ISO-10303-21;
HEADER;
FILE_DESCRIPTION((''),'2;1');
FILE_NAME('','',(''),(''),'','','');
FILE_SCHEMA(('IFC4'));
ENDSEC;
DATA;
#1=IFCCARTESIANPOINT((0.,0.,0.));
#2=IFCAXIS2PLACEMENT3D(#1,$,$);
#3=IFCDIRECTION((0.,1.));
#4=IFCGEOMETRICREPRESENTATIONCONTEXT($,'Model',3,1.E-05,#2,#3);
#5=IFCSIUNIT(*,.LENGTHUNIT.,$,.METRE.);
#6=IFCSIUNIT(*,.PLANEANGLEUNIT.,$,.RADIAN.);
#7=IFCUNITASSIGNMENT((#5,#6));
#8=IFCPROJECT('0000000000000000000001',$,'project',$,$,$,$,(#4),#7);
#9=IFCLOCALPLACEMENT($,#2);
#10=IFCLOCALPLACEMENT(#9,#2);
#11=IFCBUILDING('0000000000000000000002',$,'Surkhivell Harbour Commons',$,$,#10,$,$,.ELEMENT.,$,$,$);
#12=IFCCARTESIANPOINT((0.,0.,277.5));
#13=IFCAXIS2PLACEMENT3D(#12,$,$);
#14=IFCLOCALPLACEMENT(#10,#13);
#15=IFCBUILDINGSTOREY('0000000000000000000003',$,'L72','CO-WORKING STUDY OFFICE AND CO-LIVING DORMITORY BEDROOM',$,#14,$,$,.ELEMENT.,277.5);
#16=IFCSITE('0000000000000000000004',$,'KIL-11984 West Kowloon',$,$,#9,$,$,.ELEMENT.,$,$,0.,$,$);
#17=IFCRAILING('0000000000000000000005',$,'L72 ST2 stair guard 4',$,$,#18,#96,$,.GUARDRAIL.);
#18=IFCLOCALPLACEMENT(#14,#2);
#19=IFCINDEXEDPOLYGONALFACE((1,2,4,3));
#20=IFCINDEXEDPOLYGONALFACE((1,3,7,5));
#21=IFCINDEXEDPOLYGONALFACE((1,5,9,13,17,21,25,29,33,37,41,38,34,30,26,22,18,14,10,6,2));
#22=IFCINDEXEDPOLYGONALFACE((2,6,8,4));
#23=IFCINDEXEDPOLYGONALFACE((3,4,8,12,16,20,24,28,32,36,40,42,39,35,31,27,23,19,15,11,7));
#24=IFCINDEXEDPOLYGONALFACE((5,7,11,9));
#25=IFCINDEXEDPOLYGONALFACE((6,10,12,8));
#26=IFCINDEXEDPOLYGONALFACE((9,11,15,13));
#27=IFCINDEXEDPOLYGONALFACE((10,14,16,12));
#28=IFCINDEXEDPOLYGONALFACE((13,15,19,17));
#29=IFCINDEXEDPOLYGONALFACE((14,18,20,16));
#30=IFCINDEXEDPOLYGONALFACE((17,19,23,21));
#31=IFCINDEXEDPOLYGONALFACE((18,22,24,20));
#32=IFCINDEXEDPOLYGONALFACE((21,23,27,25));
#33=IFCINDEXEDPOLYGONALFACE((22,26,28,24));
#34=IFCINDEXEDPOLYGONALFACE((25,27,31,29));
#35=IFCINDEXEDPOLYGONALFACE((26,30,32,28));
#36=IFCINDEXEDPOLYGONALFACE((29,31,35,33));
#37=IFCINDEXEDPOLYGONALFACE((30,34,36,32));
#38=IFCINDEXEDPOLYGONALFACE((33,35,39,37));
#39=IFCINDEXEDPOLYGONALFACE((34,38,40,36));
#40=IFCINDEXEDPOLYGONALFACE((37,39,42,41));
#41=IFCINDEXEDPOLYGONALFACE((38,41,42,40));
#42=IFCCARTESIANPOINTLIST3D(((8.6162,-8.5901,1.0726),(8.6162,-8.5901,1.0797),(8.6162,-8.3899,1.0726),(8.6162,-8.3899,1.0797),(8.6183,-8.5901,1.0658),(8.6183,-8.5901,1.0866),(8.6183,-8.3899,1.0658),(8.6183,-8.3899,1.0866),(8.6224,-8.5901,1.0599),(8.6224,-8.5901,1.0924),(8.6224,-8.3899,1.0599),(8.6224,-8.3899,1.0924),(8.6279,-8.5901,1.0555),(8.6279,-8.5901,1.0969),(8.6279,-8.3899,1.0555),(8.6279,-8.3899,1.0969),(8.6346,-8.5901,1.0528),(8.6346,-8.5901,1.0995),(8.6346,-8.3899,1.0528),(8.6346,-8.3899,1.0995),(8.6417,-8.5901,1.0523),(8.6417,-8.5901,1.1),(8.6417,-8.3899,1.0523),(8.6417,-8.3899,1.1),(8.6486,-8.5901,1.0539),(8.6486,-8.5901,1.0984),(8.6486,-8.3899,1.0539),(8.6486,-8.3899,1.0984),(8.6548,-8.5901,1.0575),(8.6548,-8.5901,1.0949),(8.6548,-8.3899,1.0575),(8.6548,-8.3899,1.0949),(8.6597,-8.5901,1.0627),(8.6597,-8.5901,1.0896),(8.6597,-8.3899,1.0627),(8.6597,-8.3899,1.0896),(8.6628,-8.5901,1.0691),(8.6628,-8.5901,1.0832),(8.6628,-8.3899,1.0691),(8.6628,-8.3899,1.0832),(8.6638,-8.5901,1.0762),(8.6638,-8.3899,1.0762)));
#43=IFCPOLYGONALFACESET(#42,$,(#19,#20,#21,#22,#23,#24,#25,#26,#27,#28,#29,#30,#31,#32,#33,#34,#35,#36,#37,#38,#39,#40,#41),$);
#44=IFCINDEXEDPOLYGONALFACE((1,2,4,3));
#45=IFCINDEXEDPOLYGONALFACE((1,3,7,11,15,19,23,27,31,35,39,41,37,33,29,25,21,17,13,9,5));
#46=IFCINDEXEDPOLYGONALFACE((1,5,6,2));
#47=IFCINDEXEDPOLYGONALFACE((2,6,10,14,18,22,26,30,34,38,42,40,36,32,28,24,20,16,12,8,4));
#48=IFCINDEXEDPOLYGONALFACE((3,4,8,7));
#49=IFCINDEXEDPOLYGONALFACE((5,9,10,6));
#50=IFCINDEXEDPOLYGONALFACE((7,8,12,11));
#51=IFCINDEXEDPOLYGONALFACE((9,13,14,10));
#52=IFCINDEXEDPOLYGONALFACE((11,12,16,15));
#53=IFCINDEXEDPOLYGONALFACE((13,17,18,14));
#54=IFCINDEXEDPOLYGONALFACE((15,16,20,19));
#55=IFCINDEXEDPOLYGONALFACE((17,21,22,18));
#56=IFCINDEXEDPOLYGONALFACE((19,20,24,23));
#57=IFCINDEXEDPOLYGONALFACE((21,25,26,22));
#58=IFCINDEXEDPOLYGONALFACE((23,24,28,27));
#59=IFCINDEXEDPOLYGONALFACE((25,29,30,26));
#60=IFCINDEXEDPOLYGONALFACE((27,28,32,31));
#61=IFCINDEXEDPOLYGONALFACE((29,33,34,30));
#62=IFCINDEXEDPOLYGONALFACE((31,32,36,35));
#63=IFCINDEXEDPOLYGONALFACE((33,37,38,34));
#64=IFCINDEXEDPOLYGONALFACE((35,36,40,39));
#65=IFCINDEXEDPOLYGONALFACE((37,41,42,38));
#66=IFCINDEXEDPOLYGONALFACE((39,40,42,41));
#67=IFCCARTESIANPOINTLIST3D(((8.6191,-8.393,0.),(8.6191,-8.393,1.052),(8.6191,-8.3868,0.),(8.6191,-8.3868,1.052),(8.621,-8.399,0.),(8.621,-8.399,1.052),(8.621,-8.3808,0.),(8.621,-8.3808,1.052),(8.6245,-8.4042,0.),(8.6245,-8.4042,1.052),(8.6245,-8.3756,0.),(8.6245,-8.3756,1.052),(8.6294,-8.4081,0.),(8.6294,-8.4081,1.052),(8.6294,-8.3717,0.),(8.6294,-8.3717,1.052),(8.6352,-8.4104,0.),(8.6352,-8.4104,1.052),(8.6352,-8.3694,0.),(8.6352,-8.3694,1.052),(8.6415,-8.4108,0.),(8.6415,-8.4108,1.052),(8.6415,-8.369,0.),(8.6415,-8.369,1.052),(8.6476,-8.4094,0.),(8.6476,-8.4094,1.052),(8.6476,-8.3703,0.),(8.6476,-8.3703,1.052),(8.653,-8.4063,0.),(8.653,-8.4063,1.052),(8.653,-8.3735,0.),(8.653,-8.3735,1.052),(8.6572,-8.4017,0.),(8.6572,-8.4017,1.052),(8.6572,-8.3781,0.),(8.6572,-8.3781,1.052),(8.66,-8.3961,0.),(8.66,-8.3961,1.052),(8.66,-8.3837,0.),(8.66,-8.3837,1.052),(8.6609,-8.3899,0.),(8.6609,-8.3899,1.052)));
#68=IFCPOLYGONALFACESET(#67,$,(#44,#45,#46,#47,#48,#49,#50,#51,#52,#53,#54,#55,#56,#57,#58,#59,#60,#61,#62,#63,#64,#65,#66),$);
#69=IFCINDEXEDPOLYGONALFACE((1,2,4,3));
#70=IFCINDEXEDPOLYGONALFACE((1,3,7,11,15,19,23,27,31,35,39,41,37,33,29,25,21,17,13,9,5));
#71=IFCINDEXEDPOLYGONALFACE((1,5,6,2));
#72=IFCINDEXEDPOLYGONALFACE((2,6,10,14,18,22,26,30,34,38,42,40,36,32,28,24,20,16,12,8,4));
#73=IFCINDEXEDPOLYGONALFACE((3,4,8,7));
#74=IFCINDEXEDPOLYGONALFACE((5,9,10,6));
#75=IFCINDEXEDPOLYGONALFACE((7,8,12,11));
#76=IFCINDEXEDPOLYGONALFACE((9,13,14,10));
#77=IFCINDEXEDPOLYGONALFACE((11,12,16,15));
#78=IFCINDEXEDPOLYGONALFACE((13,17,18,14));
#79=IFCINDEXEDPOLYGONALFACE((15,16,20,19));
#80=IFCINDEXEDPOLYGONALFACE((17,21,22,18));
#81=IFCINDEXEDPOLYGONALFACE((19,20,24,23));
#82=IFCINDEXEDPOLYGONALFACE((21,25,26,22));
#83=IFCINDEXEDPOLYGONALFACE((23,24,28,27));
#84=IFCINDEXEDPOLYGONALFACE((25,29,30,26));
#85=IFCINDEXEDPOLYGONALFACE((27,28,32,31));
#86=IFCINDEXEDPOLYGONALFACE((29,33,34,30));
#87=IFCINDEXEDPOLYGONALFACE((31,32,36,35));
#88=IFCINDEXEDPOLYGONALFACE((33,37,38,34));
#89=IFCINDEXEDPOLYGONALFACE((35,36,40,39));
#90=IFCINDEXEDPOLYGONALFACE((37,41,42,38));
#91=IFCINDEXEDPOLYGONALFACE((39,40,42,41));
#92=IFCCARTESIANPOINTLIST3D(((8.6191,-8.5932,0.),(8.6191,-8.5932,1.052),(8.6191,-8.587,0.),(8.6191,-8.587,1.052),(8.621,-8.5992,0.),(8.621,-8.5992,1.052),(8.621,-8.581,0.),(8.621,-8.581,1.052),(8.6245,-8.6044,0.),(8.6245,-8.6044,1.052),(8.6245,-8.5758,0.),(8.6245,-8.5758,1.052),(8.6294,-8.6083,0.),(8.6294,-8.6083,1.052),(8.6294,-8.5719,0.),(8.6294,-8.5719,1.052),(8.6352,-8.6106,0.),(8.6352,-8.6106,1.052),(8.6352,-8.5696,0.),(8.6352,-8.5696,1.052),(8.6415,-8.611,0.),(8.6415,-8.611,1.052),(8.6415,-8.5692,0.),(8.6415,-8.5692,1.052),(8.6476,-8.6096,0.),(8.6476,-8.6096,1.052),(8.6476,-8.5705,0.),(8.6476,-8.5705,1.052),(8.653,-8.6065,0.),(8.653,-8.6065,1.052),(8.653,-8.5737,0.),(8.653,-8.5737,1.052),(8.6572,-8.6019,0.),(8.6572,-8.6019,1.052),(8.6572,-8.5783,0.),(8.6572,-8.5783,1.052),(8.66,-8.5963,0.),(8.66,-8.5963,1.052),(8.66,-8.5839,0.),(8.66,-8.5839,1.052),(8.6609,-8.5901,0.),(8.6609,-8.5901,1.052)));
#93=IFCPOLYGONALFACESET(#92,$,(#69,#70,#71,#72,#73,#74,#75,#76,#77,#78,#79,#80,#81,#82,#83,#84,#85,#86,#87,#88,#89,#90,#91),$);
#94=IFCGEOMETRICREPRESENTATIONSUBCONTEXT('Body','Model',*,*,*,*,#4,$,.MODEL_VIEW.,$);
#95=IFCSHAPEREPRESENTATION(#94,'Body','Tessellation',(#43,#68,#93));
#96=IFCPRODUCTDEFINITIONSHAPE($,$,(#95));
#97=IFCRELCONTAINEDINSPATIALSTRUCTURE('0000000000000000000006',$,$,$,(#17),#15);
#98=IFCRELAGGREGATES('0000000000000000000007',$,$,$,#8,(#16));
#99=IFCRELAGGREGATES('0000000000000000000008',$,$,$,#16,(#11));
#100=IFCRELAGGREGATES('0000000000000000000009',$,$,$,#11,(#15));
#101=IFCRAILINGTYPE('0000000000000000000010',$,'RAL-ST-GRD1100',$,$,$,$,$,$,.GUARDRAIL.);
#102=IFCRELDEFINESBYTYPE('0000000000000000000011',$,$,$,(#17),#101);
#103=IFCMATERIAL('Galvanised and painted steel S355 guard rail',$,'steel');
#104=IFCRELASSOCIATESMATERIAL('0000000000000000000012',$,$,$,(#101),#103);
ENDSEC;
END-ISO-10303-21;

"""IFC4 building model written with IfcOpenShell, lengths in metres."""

from ifc_helpers import new_model, si_unit, direction, frame, origin, origin_2d, place, context, subcontext, project, spatial, circle, extrude, material, type_object, element, save


model = new_model("IFC4")

# Units and contexts
model_context = context("Model", 3, precision=1e-05, world=origin(), true_north=direction((0.0, 1.0)))
body_context = subcontext(model_context, "Body", "Model", "MODEL_VIEW")
ifc_project = project(units=[si_unit("LENGTHUNIT", "METRE"), si_unit("PLANEANGLEUNIT", "RADIAN")], contexts=[model_context])

# Site, building, storey
site_placement = place(None, origin())
site = spatial("IfcSite", under=ifc_project, at=site_placement, Name="KIL-11984 West Kowloon", CompositionType="ELEMENT", RefElevation=0.0)
building_placement = place(site_placement, origin())
building = spatial("IfcBuilding", under=site, at=building_placement, Name="Surkhivell Harbour Commons", CompositionType="ELEMENT")
storey_placement = place(building_placement, frame((0.0, 0.0, 277.5)))
storey = spatial("IfcBuildingStorey", under=building, at=storey_placement, Name="L72", Description="CO-WORKING STUDY OFFICE AND CO-LIVING DORMITORY BEDROOM", CompositionType="ELEMENT", Elevation=277.5)

# Railing
ifc_material_1 = material(Name="Galvanised and painted steel S355 guard rail", Category="steel")
railing_type_1 = type_object("IfcRailingType", Name="RAL-ST-GRD1100", PredefinedType="GUARDRAIL", material=ifc_material_1)
railing_1_placement = place(storey_placement, frame((8.6399, -8.3899, 0.0)))
element("IfcRailing", 1, at=railing_1_placement, inside=storey, type_object=railing_type_1, Name="L72 ST2 stair guard 4", PredefinedType="GUARDRAIL", context=body_context, shape_type="SweptSolid", body=[
    extrude(circle(Radius=0.0239, at=origin_2d()), frame((0.0, 0.0, 1.0762), z_axis=(0.0, -1.0, 0.0), x_axis=(1.0, 0.0, 0.0)), (0.0, 0.0, 1.0), 0.2002),
    extrude(circle(Radius=0.021, at=origin_2d()), origin(), (0.0, 0.0, 1.0), 1.052),
    extrude(circle(Radius=0.021, at=origin_2d()), frame((0.0, -0.2002, 0.0)), (0.0, 0.0, 1.0), 1.052),
])

save(model, "model.ifc")
